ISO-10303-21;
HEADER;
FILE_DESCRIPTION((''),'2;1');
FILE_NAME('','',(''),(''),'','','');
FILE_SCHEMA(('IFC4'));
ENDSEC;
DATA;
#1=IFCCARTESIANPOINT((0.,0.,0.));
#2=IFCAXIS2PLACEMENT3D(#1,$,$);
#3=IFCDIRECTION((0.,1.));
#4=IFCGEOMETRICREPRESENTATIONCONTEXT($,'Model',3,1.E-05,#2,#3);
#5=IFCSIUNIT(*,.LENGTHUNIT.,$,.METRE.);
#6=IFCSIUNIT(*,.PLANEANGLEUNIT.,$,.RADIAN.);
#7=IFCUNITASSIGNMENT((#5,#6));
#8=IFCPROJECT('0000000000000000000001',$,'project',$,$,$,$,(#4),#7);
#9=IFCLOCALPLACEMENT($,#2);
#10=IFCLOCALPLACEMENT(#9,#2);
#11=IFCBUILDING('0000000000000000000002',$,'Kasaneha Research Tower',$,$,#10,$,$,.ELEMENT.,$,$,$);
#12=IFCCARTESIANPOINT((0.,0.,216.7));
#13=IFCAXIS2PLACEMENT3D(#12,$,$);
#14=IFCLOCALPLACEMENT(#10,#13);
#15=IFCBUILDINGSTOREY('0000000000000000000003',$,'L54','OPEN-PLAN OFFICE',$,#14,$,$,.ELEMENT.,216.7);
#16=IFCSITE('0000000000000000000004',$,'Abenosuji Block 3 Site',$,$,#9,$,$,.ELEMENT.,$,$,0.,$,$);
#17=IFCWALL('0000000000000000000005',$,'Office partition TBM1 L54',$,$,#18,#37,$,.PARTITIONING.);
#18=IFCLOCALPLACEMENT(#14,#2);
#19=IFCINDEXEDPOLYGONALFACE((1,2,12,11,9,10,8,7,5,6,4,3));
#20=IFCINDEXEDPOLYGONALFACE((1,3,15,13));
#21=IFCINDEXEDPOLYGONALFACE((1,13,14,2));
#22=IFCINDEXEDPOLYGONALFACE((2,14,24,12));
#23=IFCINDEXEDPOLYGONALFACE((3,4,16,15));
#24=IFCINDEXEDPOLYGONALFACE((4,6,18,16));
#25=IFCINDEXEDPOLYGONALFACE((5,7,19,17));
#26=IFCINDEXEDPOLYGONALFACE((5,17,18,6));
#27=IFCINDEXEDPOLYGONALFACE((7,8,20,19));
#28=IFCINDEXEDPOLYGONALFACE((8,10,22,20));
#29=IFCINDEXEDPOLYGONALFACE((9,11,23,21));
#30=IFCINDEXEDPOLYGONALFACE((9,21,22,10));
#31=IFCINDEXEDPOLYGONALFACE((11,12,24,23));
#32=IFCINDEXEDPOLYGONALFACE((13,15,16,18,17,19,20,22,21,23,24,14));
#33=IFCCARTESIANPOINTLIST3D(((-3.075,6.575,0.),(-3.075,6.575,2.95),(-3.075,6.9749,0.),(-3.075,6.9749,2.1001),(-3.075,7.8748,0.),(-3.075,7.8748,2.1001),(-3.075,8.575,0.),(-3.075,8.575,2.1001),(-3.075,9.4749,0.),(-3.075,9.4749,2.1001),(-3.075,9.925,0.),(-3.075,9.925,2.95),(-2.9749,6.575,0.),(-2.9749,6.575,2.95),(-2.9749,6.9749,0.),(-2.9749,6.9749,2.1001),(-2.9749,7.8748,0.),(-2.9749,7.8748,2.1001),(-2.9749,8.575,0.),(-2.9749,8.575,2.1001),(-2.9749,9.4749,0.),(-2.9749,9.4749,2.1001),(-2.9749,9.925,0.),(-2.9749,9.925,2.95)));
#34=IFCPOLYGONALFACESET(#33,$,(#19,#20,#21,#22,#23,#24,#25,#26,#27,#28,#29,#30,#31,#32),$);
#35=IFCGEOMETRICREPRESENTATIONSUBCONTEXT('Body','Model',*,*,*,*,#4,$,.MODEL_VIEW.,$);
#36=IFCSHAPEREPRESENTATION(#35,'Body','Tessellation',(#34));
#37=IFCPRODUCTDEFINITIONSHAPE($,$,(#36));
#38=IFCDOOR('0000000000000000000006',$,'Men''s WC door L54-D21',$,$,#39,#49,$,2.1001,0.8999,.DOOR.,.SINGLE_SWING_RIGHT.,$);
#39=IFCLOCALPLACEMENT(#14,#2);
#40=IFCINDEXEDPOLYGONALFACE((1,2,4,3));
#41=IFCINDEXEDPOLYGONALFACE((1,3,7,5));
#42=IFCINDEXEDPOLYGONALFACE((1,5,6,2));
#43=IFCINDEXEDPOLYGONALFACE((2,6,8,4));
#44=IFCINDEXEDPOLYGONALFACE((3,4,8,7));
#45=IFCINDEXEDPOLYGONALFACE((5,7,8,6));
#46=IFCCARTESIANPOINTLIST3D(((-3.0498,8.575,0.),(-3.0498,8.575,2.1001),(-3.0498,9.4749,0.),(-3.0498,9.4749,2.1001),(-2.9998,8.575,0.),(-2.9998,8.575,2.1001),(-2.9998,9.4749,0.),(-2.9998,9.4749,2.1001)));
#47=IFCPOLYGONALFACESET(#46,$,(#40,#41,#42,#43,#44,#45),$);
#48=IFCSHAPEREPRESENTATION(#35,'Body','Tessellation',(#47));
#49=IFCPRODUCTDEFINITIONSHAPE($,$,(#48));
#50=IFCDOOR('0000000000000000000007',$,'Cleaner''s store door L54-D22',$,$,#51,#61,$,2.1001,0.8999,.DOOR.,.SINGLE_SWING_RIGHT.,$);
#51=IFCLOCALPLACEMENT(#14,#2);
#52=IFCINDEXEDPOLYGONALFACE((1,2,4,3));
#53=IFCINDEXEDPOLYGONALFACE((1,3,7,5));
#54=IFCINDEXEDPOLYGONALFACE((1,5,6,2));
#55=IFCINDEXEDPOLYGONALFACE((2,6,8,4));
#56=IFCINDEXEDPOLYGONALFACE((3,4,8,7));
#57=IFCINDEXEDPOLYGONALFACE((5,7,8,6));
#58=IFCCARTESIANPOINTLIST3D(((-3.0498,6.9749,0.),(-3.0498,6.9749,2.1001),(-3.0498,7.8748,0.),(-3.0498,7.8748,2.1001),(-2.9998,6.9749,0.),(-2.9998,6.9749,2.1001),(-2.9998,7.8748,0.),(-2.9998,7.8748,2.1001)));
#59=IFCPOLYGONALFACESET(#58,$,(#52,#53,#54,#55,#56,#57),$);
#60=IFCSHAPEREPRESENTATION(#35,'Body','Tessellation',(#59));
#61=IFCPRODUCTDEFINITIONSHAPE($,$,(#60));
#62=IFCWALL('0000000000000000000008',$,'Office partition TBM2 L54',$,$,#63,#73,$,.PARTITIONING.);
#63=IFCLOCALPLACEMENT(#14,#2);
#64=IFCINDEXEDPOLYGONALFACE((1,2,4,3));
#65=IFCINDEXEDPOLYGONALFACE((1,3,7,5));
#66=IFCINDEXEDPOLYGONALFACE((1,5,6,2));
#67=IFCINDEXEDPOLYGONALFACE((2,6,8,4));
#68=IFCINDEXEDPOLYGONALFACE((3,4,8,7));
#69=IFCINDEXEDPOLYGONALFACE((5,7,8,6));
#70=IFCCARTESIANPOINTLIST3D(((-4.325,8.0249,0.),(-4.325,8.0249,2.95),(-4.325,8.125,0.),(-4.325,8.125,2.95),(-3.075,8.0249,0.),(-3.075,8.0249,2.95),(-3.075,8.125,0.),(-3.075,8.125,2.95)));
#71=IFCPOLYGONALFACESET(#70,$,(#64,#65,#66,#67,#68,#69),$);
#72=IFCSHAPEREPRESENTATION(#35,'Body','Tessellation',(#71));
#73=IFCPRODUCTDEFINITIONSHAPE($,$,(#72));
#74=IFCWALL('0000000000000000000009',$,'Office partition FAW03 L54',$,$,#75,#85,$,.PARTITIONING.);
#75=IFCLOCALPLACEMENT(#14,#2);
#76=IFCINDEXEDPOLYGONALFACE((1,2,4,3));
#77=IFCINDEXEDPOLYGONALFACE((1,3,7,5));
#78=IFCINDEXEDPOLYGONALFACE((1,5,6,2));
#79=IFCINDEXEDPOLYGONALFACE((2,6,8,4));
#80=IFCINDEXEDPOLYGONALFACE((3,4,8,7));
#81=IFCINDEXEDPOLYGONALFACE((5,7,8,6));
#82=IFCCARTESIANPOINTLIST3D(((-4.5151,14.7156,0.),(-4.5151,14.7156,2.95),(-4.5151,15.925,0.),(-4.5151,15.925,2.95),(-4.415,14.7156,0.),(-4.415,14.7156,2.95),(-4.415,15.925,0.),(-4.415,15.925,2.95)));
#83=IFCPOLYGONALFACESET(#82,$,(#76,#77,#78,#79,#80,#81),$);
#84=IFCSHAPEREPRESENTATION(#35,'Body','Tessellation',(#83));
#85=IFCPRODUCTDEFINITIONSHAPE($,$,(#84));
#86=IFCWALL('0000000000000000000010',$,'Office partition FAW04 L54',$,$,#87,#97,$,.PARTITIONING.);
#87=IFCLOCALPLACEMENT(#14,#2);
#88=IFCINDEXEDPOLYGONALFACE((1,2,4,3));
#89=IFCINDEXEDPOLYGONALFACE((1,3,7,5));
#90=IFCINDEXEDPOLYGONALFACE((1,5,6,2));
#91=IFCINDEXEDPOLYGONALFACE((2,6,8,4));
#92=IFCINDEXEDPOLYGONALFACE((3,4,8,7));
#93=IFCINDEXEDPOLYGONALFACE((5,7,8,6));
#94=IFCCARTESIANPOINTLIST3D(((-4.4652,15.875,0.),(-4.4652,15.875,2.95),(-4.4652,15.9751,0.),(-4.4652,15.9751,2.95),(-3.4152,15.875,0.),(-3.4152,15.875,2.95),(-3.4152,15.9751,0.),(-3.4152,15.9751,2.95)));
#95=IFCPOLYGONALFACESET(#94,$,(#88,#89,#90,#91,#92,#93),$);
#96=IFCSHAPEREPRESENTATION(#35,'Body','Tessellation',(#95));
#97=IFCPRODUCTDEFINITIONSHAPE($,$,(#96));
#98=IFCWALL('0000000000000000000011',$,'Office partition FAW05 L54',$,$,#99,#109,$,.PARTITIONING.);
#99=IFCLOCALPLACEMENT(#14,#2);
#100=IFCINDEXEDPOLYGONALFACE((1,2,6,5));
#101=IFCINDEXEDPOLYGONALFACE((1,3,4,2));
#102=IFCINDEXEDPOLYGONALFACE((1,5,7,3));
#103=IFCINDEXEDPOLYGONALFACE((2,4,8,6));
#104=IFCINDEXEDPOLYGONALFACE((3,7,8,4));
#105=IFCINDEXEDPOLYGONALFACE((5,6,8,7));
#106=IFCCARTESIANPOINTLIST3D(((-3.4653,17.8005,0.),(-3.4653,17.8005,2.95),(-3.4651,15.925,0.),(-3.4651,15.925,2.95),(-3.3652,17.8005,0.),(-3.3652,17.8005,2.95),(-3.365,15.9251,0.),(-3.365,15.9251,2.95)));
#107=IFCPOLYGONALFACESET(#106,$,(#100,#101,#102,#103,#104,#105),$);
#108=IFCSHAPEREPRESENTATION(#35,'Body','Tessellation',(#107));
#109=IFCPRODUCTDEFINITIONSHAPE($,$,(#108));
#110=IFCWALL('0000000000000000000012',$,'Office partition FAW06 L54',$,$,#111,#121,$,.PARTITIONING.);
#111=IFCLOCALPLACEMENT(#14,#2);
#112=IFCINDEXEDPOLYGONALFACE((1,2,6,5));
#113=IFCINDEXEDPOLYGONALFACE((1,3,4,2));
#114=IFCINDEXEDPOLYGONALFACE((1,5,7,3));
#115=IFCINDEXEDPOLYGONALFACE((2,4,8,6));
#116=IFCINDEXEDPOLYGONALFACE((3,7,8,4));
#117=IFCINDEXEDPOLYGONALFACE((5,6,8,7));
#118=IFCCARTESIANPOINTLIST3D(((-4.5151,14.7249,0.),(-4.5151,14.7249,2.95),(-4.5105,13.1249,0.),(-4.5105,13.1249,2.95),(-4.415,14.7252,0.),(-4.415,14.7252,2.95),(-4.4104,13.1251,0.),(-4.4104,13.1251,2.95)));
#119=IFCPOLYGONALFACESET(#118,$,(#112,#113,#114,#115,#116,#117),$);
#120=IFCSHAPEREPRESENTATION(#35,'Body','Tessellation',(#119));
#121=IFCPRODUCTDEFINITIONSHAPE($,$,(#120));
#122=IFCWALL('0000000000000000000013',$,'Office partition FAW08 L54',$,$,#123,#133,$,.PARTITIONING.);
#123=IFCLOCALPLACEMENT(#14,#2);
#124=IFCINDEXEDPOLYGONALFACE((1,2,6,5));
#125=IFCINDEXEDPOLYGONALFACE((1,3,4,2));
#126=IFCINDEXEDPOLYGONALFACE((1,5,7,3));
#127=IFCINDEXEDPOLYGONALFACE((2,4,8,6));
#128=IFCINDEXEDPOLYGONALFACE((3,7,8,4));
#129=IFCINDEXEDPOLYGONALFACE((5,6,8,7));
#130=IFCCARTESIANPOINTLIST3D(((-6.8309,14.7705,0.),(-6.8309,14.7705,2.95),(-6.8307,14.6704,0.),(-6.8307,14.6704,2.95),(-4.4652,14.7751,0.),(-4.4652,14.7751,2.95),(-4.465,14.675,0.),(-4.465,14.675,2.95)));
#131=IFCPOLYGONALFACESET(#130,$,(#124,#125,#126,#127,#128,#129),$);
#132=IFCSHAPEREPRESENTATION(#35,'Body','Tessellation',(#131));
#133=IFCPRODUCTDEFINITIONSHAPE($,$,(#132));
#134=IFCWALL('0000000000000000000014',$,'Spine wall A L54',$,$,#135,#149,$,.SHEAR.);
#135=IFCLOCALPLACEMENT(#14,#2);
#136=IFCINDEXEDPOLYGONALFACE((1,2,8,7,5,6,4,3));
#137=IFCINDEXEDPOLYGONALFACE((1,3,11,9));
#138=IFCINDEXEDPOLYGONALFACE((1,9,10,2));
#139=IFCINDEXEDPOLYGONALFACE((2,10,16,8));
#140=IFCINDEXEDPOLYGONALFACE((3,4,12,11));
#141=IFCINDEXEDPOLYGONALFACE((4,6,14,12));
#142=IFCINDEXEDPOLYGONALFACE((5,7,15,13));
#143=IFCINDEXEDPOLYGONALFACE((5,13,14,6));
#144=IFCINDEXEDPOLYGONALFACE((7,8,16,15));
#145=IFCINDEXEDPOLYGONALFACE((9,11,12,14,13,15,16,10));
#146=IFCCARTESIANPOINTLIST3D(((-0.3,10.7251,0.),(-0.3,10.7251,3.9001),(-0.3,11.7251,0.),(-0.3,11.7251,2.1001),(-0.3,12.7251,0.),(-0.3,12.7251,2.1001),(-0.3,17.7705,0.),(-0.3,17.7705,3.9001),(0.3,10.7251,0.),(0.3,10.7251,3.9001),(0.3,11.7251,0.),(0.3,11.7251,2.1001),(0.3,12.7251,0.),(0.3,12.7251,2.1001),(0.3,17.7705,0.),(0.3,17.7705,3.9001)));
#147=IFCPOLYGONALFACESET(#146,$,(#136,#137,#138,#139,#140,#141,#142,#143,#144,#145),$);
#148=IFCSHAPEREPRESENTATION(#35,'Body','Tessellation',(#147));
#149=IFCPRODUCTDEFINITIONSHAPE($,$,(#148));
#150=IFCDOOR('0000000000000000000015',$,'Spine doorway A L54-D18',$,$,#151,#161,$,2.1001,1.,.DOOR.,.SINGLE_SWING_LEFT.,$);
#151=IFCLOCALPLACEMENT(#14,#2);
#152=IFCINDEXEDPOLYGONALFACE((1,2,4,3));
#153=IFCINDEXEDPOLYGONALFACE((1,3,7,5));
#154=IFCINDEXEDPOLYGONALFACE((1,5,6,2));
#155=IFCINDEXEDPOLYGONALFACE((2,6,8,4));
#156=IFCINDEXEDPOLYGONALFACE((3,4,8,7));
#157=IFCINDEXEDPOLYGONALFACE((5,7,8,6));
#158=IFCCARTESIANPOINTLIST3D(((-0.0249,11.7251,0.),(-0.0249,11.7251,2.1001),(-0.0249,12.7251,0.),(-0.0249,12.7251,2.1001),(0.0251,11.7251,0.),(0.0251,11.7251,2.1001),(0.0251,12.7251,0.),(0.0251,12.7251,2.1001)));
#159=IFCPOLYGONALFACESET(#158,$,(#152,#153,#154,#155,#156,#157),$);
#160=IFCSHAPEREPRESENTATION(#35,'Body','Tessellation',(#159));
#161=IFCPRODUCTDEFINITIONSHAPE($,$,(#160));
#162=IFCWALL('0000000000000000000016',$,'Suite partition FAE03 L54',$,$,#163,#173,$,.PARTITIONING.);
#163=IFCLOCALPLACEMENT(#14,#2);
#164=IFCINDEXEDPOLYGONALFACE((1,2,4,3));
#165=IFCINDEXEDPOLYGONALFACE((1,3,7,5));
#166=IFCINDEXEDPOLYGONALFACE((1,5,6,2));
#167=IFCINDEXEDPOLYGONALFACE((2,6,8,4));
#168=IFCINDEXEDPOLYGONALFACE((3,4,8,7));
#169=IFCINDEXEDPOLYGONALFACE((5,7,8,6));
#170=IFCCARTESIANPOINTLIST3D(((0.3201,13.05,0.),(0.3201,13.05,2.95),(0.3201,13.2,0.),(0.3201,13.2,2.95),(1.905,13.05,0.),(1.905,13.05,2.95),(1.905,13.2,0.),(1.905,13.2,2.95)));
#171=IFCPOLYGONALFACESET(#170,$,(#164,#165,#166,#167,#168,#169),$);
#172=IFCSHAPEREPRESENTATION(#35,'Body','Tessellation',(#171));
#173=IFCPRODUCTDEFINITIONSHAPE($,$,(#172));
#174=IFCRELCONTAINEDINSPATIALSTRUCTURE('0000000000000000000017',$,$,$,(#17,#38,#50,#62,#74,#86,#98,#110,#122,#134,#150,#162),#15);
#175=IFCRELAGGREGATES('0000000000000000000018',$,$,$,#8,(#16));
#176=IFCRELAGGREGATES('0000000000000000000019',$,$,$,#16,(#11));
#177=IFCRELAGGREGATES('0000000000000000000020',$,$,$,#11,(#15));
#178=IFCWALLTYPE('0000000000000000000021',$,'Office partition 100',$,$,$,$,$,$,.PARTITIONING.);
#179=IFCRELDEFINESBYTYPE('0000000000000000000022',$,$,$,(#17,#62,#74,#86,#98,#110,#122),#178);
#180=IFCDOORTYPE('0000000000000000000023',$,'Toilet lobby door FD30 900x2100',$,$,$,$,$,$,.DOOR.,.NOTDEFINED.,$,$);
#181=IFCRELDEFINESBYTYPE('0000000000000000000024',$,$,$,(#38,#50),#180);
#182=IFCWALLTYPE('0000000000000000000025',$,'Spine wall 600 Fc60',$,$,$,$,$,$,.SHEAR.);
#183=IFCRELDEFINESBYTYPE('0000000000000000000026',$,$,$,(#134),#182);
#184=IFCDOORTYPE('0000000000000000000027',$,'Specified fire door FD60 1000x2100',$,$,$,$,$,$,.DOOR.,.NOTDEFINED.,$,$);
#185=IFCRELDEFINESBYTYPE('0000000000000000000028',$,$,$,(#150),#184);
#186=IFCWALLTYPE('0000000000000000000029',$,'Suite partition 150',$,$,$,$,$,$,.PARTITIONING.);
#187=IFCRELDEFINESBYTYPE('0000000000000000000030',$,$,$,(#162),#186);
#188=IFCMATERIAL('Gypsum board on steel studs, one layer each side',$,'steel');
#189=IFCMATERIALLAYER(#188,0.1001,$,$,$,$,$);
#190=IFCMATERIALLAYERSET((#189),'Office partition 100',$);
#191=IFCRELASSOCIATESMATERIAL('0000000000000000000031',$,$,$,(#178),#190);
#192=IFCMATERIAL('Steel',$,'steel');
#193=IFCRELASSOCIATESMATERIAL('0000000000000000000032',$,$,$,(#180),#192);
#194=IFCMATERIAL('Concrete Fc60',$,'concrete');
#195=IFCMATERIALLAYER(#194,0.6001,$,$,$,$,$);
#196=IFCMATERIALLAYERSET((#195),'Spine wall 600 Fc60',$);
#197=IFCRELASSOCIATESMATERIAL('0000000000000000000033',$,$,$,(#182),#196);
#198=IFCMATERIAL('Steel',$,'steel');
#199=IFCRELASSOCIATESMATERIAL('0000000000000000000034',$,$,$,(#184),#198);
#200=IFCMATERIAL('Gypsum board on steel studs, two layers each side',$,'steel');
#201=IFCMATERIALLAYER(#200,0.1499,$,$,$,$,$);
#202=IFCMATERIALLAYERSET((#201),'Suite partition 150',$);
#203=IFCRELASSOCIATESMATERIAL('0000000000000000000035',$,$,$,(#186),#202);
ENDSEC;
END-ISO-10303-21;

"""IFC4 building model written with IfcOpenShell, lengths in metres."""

from ifc_helpers import new_model, si_unit, direction, frame, frame_2d, origin, place, context, subcontext, project, spatial, rectangle, extrude, material, layer, layer_set, type_object, element, fill, save


model = new_model("IFC4")

# Units and contexts
model_context = context("Model", 3, precision=1e-05, world=origin(), true_north=direction((0.0, 1.0)))
body_context = subcontext(model_context, "Body", "Model", "MODEL_VIEW")
ifc_project = project(units=[si_unit("LENGTHUNIT", "METRE"), si_unit("PLANEANGLEUNIT", "RADIAN")], contexts=[model_context])

# Site, building, storey
site_placement = place(None, origin())
site = spatial("IfcSite", under=ifc_project, at=site_placement, Name="Abenosuji Block 3 Site", CompositionType="ELEMENT", RefElevation=0.0)
building_placement = place(site_placement, origin())
building = spatial("IfcBuilding", under=site, at=building_placement, Name="Kasaneha Research Tower", CompositionType="ELEMENT")
storey_placement = place(building_placement, frame((0.0, 0.0, 216.7)))
storey = spatial("IfcBuildingStorey", under=building, at=storey_placement, Name="L54", Description="OPEN-PLAN OFFICE", CompositionType="ELEMENT", Elevation=216.7)

# Wall, openings, doors
ifc_material_1 = material(Name="Gypsum board on steel studs, one layer each side", Category="steel")
ifc_layer_1 = layer(ifc_material_1, 0.1001)
ifc_layer_set_1 = layer_set([ifc_layer_1], Name="Office partition 100")
wall_type_1 = type_object("IfcWallType", Name="Office partition 100", PredefinedType="PARTITIONING", material=ifc_layer_set_1)
wall_1_placement = place(storey_placement, frame((-3.0249, 6.575, 0.0), z_axis=(0.0, 0.0, 1.0), x_axis=(0.0, 1.0, 0.0)))
wall_1 = element("IfcWall", 1, at=wall_1_placement, inside=storey, type_object=wall_type_1, Name="Office partition TBM1 L54", PredefinedType="PARTITIONING", context=body_context, shape_type="SweptSolid", body=[
    extrude(rectangle(XDim=3.3501, YDim=0.1001, at=frame_2d((1.675, 0.0))), origin(), (0.0, 0.0, 1.0), 2.95),
])
opening_1_placement = place(wall_1_placement, frame((2.0, 0.0, 0.0)))
opening_1 = element("IfcOpeningElement", 2, at=opening_1_placement, cuts=wall_1, PredefinedType="OPENING", context=body_context, shape_type="SweptSolid", body=[
    extrude(rectangle(XDim=0.8999, YDim=2.1001, at=frame_2d((0.45, 1.05))), frame((0.0, 0.0601, 0.0), z_axis=(0.0, -1.0, 0.0), x_axis=(1.0, 0.0, 0.0)), (0.0, 0.0, 1.0), 0.1201),
])
opening_2_placement = place(wall_1_placement, frame((0.3999, 0.0, 0.0)))
opening_2 = element("IfcOpeningElement", 3, at=opening_2_placement, cuts=wall_1, PredefinedType="OPENING", context=body_context, shape_type="SweptSolid", body=[
    extrude(rectangle(XDim=0.8999, YDim=2.1001, at=frame_2d((0.45, 1.05))), frame((0.0, 0.0601, 0.0), z_axis=(0.0, -1.0, 0.0), x_axis=(1.0, 0.0, 0.0)), (0.0, 0.0, 1.0), 0.1201),
])
ifc_material_2 = material(Name="Steel", Category="steel")
door_type_1 = type_object("IfcDoorType", Name="Toilet lobby door FD30 900x2100", OperationType="NOTDEFINED", PredefinedType="DOOR", material=ifc_material_2)
door_1_placement = place(opening_1_placement, origin())
door_1 = element("IfcDoor", 4, at=door_1_placement, inside=storey, type_object=door_type_1, Name="Men's WC door L54-D21", OperationType="SINGLE_SWING_RIGHT", OverallHeight=2.1001, OverallWidth=0.8999, PredefinedType="DOOR", context=body_context, shape_type="SweptSolid", body=[
    extrude(rectangle(XDim=0.8999, YDim=2.1001, at=frame_2d((0.45, 1.05))), frame((0.0, 0.0249, 0.0), z_axis=(0.0, -1.0, 0.0), x_axis=(1.0, 0.0, 0.0)), (0.0, 0.0, 1.0), 0.05),
])
fill(opening_1, door_1)
door_2_placement = place(opening_2_placement, origin())
door_2 = element("IfcDoor", 5, at=door_2_placement, inside=storey, type_object=door_type_1, Name="Cleaner's store door L54-D22", OperationType="SINGLE_SWING_RIGHT", OverallHeight=2.1001, OverallWidth=0.8999, PredefinedType="DOOR", context=body_context, shape_type="SweptSolid", body=[
    extrude(rectangle(XDim=0.8999, YDim=2.1001, at=frame_2d((0.45, 1.05))), frame((0.0, 0.0249, 0.0), z_axis=(0.0, -1.0, 0.0), x_axis=(1.0, 0.0, 0.0)), (0.0, 0.0, 1.0), 0.05),
])
fill(opening_2, door_2)

# Walls
wall_2_placement = place(storey_placement, frame((-3.075, 8.075, 0.0), z_axis=(0.0, 0.0, 1.0), x_axis=(-1.0, 0.0, 0.0)))
element("IfcWall", 6, at=wall_2_placement, inside=storey, type_object=wall_type_1, Name="Office partition TBM2 L54", PredefinedType="PARTITIONING", context=body_context, shape_type="SweptSolid", body=[
    extrude(rectangle(XDim=1.25, YDim=0.1001, at=frame_2d((0.625, 0.0))), origin(), (0.0, 0.0, 1.0), 2.95),
])
wall_3_placement = place(storey_placement, frame((-4.4651, 14.7156, 0.0), z_axis=(0.0, 0.0, 1.0), x_axis=(0.0, 1.0, 0.0)))
element("IfcWall", 7, at=wall_3_placement, inside=storey, type_object=wall_type_1, Name="Office partition FAW03 L54", PredefinedType="PARTITIONING", context=body_context, shape_type="SweptSolid", body=[
    extrude(rectangle(XDim=1.2095, YDim=0.1001, at=frame_2d((0.6047, 0.0))), origin(), (0.0, 0.0, 1.0), 2.95),
])
wall_4_placement = place(storey_placement, frame((-4.4651, 15.925, 0.0), z_axis=(0.0, 0.0, 1.0), x_axis=(1.0, 0.0, 0.0)))
element("IfcWall", 8, at=wall_4_placement, inside=storey, type_object=wall_type_1, Name="Office partition FAW04 L54", PredefinedType="PARTITIONING", context=body_context, shape_type="SweptSolid", body=[
    extrude(rectangle(XDim=1.05, YDim=0.1001, at=frame_2d((0.5249, 0.0))), origin(), (0.0, 0.0, 1.0), 2.95),
])
wall_5_placement = place(storey_placement, frame((-3.415, 15.925, 0.0), z_axis=(0.0, 0.0, 1.0), x_axis=(-0.00013, 1.0, 0.0)))
element("IfcWall", 9, at=wall_5_placement, inside=storey, type_object=wall_type_1, Name="Office partition FAW05 L54", PredefinedType="PARTITIONING", context=body_context, shape_type="SweptSolid", body=[
    extrude(rectangle(XDim=1.8755, YDim=0.1001, at=frame_2d((0.9377, 0.0))), origin(), (0.0, 0.0, 1.0), 2.95),
])
wall_6_placement = place(storey_placement, frame((-4.4604, 13.125, 0.0), z_axis=(0.0, 0.0, 1.0), x_axis=(-0.002899, 0.999996, 0.0)))
element("IfcWall", 10, at=wall_6_placement, inside=storey, type_object=wall_type_1, Name="Office partition FAW06 L54", PredefinedType="PARTITIONING", context=body_context, shape_type="SweptSolid", body=[
    extrude(rectangle(XDim=1.6001, YDim=0.1001, at=frame_2d((0.8, 0.0))), origin(), (0.0, 0.0, 1.0), 2.95),
])
wall_7_placement = place(storey_placement, frame((-4.4651, 14.7251, 0.0), z_axis=(0.0, 0.0, 1.0), x_axis=(-0.999998, -0.001961, 0.0)))
element("IfcWall", 11, at=wall_7_placement, inside=storey, type_object=wall_type_1, Name="Office partition FAW08 L54", PredefinedType="PARTITIONING", context=body_context, shape_type="SweptSolid", body=[
    extrude(rectangle(XDim=2.3657, YDim=0.1001, at=frame_2d((1.1829, 0.0))), origin(), (0.0, 0.0, 1.0), 2.95),
])

# Wall, opening, door
ifc_material_3 = material(Name="Concrete Fc60", Category="concrete")
ifc_layer_2 = layer(ifc_material_3, 0.6001)
ifc_layer_set_2 = layer_set([ifc_layer_2], Name="Spine wall 600 Fc60")
wall_type_2 = type_object("IfcWallType", Name="Spine wall 600 Fc60", PredefinedType="SHEAR", material=ifc_layer_set_2)
wall_8_placement = place(storey_placement, frame((0.0, 10.7251, 0.0), z_axis=(0.0, 0.0, 1.0), x_axis=(0.0, 1.0, 0.0)))
wall_8 = element("IfcWall", 12, at=wall_8_placement, inside=storey, type_object=wall_type_2, Name="Spine wall A L54", PredefinedType="SHEAR", context=body_context, shape_type="SweptSolid", body=[
    extrude(rectangle(XDim=7.0454, YDim=0.6001, at=frame_2d((3.5227, 0.0))), origin(), (0.0, 0.0, 1.0), 3.9001),
])
opening_3_placement = place(wall_8_placement, frame((1.0, 0.0, 0.0)))
opening_3 = element("IfcOpeningElement", 13, at=opening_3_placement, cuts=wall_8, PredefinedType="OPENING", context=body_context, shape_type="SweptSolid", body=[
    extrude(rectangle(XDim=1.0, YDim=2.1001, at=frame_2d((0.5, 1.05))), frame((0.0, 0.3101, 0.0), z_axis=(0.0, -1.0, 0.0), x_axis=(1.0, 0.0, 0.0)), (0.0, 0.0, 1.0), 0.6201),
])
ifc_material_4 = material(Name="Steel", Category="steel")
door_type_2 = type_object("IfcDoorType", Name="Specified fire door FD60 1000x2100", OperationType="NOTDEFINED", PredefinedType="DOOR", material=ifc_material_4)
door_3_placement = place(opening_3_placement, origin())
door_3 = element("IfcDoor", 14, at=door_3_placement, inside=storey, type_object=door_type_2, Name="Spine doorway A L54-D18", OperationType="SINGLE_SWING_LEFT", OverallHeight=2.1001, OverallWidth=1.0, PredefinedType="DOOR", context=body_context, shape_type="SweptSolid", body=[
    extrude(rectangle(XDim=1.0, YDim=2.1001, at=frame_2d((0.5, 1.05))), frame((0.0, 0.0249, 0.0), z_axis=(0.0, -1.0, 0.0), x_axis=(1.0, 0.0, 0.0)), (0.0, 0.0, 1.0), 0.05),
])
fill(opening_3, door_3)

# Wall
ifc_material_5 = material(Name="Gypsum board on steel studs, two layers each side", Category="steel")
ifc_layer_3 = layer(ifc_material_5, 0.1499)
ifc_layer_set_3 = layer_set([ifc_layer_3], Name="Suite partition 150")
wall_type_3 = type_object("IfcWallType", Name="Suite partition 150", PredefinedType="PARTITIONING", material=ifc_layer_set_3)
wall_9_placement = place(storey_placement, frame((0.3201, 13.125, 0.0), z_axis=(0.0, 0.0, 1.0), x_axis=(1.0, 0.0, 0.0)))
element("IfcWall", 15, at=wall_9_placement, inside=storey, type_object=wall_type_3, Name="Suite partition FAE03 L54", PredefinedType="PARTITIONING", context=body_context, shape_type="SweptSolid", body=[
    extrude(rectangle(XDim=1.585, YDim=0.1499, at=frame_2d((0.7925, 0.0))), origin(), (0.0, 0.0, 1.0), 2.95),
])

save(model, "model.ifc")
